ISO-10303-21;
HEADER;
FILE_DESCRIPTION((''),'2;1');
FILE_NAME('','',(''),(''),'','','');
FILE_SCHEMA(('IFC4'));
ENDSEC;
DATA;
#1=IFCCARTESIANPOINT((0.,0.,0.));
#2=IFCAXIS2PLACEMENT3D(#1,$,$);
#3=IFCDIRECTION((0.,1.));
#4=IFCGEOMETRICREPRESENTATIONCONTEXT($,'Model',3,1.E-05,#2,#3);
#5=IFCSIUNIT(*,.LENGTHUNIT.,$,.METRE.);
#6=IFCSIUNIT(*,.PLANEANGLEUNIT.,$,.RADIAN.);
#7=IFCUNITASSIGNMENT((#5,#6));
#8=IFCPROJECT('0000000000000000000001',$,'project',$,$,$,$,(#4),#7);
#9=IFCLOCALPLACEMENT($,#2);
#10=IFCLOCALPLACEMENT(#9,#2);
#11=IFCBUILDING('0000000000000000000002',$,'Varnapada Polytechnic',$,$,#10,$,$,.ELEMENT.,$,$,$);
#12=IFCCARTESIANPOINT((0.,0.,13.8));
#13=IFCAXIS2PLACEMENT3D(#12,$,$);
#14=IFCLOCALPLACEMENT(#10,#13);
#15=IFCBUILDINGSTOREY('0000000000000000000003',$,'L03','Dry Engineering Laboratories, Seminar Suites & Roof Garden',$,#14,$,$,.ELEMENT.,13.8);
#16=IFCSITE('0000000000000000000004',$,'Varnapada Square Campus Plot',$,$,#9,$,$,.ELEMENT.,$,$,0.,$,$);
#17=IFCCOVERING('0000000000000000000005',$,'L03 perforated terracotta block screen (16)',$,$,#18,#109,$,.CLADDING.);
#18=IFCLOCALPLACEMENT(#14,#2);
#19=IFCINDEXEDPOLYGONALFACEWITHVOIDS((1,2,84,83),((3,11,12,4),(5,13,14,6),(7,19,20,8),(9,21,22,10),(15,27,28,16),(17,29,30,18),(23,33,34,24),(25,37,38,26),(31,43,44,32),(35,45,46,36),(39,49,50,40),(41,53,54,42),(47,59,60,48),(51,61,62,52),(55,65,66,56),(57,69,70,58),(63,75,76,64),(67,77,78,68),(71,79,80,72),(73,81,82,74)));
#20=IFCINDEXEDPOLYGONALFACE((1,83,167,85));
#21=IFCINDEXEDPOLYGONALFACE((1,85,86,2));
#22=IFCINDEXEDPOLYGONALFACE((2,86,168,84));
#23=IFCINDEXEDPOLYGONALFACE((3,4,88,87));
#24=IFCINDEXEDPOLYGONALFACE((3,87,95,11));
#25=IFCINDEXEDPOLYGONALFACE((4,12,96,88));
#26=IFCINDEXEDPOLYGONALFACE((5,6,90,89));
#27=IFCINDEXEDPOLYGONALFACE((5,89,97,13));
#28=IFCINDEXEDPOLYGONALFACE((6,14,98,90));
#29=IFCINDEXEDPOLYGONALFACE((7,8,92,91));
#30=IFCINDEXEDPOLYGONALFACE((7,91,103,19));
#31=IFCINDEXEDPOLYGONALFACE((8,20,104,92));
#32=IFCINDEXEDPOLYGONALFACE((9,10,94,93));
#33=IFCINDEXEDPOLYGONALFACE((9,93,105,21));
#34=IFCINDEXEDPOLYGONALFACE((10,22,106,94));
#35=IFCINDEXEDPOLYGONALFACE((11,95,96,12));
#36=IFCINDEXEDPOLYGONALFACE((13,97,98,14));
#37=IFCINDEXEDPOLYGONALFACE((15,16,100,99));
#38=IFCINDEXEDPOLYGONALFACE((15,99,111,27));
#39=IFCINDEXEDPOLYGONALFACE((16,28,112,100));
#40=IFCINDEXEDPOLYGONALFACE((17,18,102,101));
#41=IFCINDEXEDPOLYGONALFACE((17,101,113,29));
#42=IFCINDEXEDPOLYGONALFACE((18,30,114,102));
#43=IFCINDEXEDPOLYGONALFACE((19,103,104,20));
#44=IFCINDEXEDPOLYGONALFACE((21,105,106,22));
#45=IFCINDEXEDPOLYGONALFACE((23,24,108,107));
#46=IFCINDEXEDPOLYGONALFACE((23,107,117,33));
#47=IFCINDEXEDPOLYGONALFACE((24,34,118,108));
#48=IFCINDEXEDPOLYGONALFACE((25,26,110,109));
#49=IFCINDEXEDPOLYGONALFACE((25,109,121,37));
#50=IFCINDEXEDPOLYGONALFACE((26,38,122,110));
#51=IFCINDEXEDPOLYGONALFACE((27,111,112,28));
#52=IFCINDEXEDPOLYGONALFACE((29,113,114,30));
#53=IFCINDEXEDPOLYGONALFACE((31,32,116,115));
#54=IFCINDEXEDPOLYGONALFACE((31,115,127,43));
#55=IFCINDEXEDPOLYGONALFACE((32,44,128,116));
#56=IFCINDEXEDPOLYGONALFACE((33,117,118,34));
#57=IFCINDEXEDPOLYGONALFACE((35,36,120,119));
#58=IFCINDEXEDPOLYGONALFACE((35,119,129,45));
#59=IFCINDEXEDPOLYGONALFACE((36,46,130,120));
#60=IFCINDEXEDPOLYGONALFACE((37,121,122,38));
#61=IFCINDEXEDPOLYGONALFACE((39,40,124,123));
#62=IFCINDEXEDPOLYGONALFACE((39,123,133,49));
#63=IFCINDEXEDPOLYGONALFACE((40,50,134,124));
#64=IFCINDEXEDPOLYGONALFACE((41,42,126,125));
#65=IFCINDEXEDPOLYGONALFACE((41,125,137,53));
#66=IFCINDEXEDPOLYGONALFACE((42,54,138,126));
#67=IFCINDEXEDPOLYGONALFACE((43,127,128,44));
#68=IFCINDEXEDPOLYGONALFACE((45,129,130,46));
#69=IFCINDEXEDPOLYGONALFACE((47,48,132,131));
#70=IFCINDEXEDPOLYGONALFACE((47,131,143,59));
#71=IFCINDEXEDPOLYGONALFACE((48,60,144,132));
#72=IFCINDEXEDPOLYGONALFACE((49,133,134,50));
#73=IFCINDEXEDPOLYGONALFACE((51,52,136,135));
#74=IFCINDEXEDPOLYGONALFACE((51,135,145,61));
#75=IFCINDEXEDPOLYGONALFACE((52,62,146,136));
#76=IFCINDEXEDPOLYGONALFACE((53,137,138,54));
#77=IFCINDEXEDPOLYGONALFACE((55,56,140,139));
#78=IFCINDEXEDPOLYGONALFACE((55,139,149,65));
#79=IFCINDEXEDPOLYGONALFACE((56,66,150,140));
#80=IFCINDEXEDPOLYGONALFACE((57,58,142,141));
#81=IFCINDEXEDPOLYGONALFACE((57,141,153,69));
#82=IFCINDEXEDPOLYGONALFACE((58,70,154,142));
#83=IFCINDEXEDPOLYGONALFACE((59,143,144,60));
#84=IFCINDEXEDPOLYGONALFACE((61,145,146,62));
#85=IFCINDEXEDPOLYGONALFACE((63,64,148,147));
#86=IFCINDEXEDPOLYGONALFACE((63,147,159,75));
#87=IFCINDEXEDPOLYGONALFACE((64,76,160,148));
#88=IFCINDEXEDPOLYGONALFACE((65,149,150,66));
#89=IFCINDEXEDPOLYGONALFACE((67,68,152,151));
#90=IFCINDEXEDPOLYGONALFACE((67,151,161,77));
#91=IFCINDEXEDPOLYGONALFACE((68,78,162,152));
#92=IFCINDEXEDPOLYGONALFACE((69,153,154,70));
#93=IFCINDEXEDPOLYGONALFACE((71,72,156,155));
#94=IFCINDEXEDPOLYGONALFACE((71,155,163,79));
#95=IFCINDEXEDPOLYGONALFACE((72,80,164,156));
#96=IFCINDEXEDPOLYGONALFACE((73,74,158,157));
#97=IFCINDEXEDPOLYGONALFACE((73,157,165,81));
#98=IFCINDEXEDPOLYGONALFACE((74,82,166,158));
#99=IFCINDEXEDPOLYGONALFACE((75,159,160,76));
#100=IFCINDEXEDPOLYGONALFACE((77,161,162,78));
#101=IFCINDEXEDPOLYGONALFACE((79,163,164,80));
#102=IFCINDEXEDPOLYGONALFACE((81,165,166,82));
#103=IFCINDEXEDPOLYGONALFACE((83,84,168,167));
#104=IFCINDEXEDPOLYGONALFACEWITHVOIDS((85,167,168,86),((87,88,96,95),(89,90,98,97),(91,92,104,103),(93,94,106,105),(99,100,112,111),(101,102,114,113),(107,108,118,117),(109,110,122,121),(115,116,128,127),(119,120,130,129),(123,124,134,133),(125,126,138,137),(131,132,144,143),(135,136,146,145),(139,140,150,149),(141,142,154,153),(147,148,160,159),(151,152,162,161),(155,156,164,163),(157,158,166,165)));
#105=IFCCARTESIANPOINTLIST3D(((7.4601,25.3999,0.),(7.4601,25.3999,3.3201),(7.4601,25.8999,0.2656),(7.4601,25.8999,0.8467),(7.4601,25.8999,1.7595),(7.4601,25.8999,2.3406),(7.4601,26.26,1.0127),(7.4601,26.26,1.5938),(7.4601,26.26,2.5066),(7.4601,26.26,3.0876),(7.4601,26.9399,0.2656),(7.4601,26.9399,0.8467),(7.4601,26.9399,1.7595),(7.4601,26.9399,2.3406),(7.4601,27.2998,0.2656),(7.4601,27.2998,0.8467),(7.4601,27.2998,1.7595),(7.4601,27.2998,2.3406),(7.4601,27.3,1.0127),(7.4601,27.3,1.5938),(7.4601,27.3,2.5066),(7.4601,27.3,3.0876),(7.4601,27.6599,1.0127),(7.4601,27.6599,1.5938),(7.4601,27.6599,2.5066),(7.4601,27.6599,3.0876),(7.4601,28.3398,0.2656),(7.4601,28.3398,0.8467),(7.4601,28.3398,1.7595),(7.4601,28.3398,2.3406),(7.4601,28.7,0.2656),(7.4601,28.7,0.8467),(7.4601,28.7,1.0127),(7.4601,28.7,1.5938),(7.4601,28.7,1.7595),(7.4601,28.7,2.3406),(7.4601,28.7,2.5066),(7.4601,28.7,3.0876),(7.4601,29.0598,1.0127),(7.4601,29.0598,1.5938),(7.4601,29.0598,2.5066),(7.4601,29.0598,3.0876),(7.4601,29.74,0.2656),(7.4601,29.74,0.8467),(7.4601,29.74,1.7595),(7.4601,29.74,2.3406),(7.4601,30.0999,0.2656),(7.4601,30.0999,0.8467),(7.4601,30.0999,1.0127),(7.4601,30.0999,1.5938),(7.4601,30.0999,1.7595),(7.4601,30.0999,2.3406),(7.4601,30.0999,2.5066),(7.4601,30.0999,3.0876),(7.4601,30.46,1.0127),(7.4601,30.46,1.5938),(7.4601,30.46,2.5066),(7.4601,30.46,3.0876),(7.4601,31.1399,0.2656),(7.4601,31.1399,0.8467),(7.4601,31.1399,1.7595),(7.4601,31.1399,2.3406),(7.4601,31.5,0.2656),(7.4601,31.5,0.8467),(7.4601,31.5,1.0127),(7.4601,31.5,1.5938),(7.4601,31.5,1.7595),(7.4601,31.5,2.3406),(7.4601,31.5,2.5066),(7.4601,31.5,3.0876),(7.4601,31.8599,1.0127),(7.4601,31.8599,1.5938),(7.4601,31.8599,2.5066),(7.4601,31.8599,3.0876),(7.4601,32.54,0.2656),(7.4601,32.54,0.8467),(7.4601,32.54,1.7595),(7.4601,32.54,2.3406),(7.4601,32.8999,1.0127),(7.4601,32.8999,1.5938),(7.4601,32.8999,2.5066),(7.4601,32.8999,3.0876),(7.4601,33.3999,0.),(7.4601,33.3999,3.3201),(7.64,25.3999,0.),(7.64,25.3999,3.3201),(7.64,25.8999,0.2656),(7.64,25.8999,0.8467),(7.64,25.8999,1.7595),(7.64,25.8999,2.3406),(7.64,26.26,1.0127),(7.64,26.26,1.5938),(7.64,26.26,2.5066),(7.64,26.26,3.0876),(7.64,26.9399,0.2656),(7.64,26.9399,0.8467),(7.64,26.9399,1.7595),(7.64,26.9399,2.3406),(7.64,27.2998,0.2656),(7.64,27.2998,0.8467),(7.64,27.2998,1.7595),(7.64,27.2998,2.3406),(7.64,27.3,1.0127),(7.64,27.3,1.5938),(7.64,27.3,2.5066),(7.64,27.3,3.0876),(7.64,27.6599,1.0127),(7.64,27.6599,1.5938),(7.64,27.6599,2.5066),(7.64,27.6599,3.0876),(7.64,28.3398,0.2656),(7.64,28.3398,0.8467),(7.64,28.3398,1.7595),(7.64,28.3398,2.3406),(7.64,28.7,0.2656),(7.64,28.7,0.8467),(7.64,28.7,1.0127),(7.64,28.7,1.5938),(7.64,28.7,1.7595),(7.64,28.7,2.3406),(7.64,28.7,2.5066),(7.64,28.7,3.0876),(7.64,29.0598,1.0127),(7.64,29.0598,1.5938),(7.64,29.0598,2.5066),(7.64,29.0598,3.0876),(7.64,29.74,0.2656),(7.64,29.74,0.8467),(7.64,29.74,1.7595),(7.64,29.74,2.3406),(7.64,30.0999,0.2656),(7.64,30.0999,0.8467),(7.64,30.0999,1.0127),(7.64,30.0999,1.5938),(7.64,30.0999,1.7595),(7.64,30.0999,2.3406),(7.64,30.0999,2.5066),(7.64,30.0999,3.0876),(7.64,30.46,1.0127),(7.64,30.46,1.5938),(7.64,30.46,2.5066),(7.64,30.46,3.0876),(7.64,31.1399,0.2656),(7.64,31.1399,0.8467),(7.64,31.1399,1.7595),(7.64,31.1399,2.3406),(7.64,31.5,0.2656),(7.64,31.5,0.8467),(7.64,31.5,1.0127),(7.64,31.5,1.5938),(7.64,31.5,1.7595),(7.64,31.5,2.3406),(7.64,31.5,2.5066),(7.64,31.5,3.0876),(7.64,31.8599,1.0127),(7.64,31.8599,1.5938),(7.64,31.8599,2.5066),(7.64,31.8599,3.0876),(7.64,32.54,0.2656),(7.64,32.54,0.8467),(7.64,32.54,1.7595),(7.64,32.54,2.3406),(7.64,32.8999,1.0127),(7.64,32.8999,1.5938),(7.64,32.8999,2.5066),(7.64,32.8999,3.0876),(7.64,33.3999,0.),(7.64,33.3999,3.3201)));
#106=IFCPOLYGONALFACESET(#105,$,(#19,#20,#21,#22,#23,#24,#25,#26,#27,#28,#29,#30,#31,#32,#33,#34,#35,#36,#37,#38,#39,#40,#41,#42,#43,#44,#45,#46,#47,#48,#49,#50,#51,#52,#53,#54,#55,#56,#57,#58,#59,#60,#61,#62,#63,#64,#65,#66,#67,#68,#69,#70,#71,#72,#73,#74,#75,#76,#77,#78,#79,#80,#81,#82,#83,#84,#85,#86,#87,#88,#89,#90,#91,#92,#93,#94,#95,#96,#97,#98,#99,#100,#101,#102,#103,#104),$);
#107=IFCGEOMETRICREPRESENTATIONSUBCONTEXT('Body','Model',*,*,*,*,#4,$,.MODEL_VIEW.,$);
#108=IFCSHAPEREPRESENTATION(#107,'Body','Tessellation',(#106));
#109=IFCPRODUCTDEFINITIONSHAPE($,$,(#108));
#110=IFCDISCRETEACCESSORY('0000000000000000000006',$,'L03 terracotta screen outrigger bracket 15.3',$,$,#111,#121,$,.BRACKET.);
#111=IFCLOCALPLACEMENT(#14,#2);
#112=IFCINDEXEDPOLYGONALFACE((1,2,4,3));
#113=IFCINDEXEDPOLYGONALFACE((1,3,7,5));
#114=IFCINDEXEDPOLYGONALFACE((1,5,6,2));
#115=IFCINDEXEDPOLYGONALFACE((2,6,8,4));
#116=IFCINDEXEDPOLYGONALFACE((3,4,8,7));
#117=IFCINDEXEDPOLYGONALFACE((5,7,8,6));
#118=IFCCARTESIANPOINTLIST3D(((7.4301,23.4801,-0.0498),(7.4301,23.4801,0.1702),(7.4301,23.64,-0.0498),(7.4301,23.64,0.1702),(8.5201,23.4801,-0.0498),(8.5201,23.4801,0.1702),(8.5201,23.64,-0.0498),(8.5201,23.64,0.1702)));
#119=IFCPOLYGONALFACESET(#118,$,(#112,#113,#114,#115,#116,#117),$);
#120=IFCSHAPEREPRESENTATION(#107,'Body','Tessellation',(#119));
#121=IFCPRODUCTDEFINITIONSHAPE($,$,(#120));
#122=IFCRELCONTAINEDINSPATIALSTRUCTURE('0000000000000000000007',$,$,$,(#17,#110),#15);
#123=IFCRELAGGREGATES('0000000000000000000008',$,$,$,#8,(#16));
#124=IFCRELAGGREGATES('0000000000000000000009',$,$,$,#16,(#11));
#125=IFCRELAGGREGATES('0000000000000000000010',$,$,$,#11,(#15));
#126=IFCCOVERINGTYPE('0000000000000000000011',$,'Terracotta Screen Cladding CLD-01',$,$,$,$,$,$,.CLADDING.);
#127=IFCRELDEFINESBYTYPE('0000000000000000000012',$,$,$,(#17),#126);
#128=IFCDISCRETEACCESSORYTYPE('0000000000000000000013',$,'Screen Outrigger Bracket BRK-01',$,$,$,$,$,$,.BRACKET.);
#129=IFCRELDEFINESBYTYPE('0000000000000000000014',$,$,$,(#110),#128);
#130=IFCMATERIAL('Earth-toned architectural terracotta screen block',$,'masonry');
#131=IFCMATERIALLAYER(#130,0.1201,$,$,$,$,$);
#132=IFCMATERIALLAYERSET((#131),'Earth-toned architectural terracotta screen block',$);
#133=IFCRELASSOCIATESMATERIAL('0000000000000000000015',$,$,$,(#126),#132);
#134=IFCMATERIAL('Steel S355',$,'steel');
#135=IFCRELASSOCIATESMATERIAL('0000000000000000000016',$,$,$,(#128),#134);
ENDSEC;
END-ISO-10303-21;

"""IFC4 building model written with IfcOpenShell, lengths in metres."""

from ifc_helpers import new_model, si_unit, direction, frame, frame_2d, origin, origin_2d, place, context, subcontext, project, spatial, rectangle, extrude, material, layer, layer_set, type_object, element, save


model = new_model("IFC4")

# Units and contexts
model_context = context("Model", 3, precision=1e-05, world=origin(), true_north=direction((0.0, 1.0)))
body_context = subcontext(model_context, "Body", "Model", "MODEL_VIEW")
ifc_project = project(units=[si_unit("LENGTHUNIT", "METRE"), si_unit("PLANEANGLEUNIT", "RADIAN")], contexts=[model_context])

# Site, building, storey
site_placement = place(None, origin())
site = spatial("IfcSite", under=ifc_project, at=site_placement, Name="Varnapada Square Campus Plot", CompositionType="ELEMENT", RefElevation=0.0)
building_placement = place(site_placement, origin())
building = spatial("IfcBuilding", under=site, at=building_placement, Name="Varnapada Polytechnic", CompositionType="ELEMENT")
storey_placement = place(building_placement, frame((0.0, 0.0, 13.8)))
storey = spatial("IfcBuildingStorey", under=building, at=storey_placement, Name="L03", Description="Dry Engineering Laboratories, Seminar Suites & Roof Garden", CompositionType="ELEMENT", Elevation=13.8)

# Covering, openings
ifc_material_1 = material(Name="Earth-toned architectural terracotta screen block", Category="masonry")
ifc_layer_1 = layer(ifc_material_1, 0.1201)
ifc_layer_set_1 = layer_set([ifc_layer_1], Name="Earth-toned architectural terracotta screen block")
covering_type = type_object("IfcCoveringType", Name="Terracotta Screen Cladding CLD-01", PredefinedType="CLADDING", material=ifc_layer_set_1)
covering_placement = place(storey_placement, frame((7.55, 25.3999, 0.0), z_axis=(0.0, 0.0, 1.0), x_axis=(0.0, 1.0, 0.0)))
covering = element("IfcCovering", 1, at=covering_placement, inside=storey, type_object=covering_type, Name="L03 perforated terracotta block screen (16)", PredefinedType="CLADDING", context=body_context, shape_type="SweptSolid", body=[
    extrude(rectangle(XDim=8.0, YDim=0.1799, at=frame_2d((4.0, 0.0))), origin(), (0.0, 0.0, 1.0), 3.3201),
])
opening_1_placement = place(covering_placement, frame((0.5, 0.0, 0.2656)))
element("IfcOpeningElement", 2, at=opening_1_placement, cuts=covering, PredefinedType="OPENING", context=body_context, shape_type="SweptSolid", body=[
    extrude(rectangle(XDim=1.04, YDim=0.5811, at=frame_2d((0.52, 0.2905))), frame((0.0, 0.0999, 0.0), z_axis=(0.0, -1.0, 0.0), x_axis=(1.0, 0.0, 0.0)), (0.0, 0.0, 1.0), 0.2),
])
opening_2_placement = place(covering_placement, frame((1.8999, 0.0, 0.2656)))
element("IfcOpeningElement", 3, at=opening_2_placement, cuts=covering, PredefinedType="OPENING", context=body_context, shape_type="SweptSolid", body=[
    extrude(rectangle(XDim=1.04, YDim=0.5811, at=frame_2d((0.52, 0.2905))), frame((0.0, 0.0999, 0.0), z_axis=(0.0, -1.0, 0.0), x_axis=(1.0, 0.0, 0.0)), (0.0, 0.0, 1.0), 0.2),
])
opening_3_placement = place(covering_placement, frame((3.3, 0.0, 0.2656)))
element("IfcOpeningElement", 4, at=opening_3_placement, cuts=covering, PredefinedType="OPENING", context=body_context, shape_type="SweptSolid", body=[
    extrude(rectangle(XDim=1.04, YDim=0.5811, at=frame_2d((0.52, 0.2905))), frame((0.0, 0.0999, 0.0), z_axis=(0.0, -1.0, 0.0), x_axis=(1.0, 0.0, 0.0)), (0.0, 0.0, 1.0), 0.2),
])
opening_4_placement = place(covering_placement, frame((4.7, 0.0, 0.2656)))
element("IfcOpeningElement", 5, at=opening_4_placement, cuts=covering, PredefinedType="OPENING", context=body_context, shape_type="SweptSolid", body=[
    extrude(rectangle(XDim=1.04, YDim=0.5811, at=frame_2d((0.52, 0.2905))), frame((0.0, 0.0999, 0.0), z_axis=(0.0, -1.0, 0.0), x_axis=(1.0, 0.0, 0.0)), (0.0, 0.0, 1.0), 0.2),
])
opening_5_placement = place(covering_placement, frame((6.1001, 0.0, 0.2656)))
element("IfcOpeningElement", 6, at=opening_5_placement, cuts=covering, PredefinedType="OPENING", context=body_context, shape_type="SweptSolid", body=[
    extrude(rectangle(XDim=1.04, YDim=0.5811, at=frame_2d((0.52, 0.2905))), frame((0.0, 0.0999, 0.0), z_axis=(0.0, -1.0, 0.0), x_axis=(1.0, 0.0, 0.0)), (0.0, 0.0, 1.0), 0.2),
])
opening_6_placement = place(covering_placement, frame((0.8601, 0.0, 1.0127)))
element("IfcOpeningElement", 7, at=opening_6_placement, cuts=covering, PredefinedType="OPENING", context=body_context, shape_type="SweptSolid", body=[
    extrude(rectangle(XDim=1.04, YDim=0.5811, at=frame_2d((0.52, 0.2905))), frame((0.0, 0.0999, 0.0), z_axis=(0.0, -1.0, 0.0), x_axis=(1.0, 0.0, 0.0)), (0.0, 0.0, 1.0), 0.2),
])
opening_7_placement = place(covering_placement, frame((2.26, 0.0, 1.0127)))
element("IfcOpeningElement", 8, at=opening_7_placement, cuts=covering, PredefinedType="OPENING", context=body_context, shape_type="SweptSolid", body=[
    extrude(rectangle(XDim=1.04, YDim=0.5811, at=frame_2d((0.52, 0.2905))), frame((0.0, 0.0999, 0.0), z_axis=(0.0, -1.0, 0.0), x_axis=(1.0, 0.0, 0.0)), (0.0, 0.0, 1.0), 0.2),
])
opening_8_placement = place(covering_placement, frame((3.6599, 0.0, 1.0127)))
element("IfcOpeningElement", 9, at=opening_8_placement, cuts=covering, PredefinedType="OPENING", context=body_context, shape_type="SweptSolid", body=[
    extrude(rectangle(XDim=1.04, YDim=0.5811, at=frame_2d((0.52, 0.2905))), frame((0.0, 0.0999, 0.0), z_axis=(0.0, -1.0, 0.0), x_axis=(1.0, 0.0, 0.0)), (0.0, 0.0, 1.0), 0.2),
])
opening_9_placement = place(covering_placement, frame((5.0601, 0.0, 1.0127)))
element("IfcOpeningElement", 10, at=opening_9_placement, cuts=covering, PredefinedType="OPENING", context=body_context, shape_type="SweptSolid", body=[
    extrude(rectangle(XDim=1.04, YDim=0.5811, at=frame_2d((0.52, 0.2905))), frame((0.0, 0.0999, 0.0), z_axis=(0.0, -1.0, 0.0), x_axis=(1.0, 0.0, 0.0)), (0.0, 0.0, 1.0), 0.2),
])
opening_10_placement = place(covering_placement, frame((6.46, 0.0, 1.0127)))
element("IfcOpeningElement", 11, at=opening_10_placement, cuts=covering, PredefinedType="OPENING", context=body_context, shape_type="SweptSolid", body=[
    extrude(rectangle(XDim=1.04, YDim=0.5811, at=frame_2d((0.52, 0.2905))), frame((0.0, 0.0999, 0.0), z_axis=(0.0, -1.0, 0.0), x_axis=(1.0, 0.0, 0.0)), (0.0, 0.0, 1.0), 0.2),
])
opening_11_placement = place(covering_placement, frame((0.5, 0.0, 1.7595)))
element("IfcOpeningElement", 12, at=opening_11_placement, cuts=covering, PredefinedType="OPENING", context=body_context, shape_type="SweptSolid", body=[
    extrude(rectangle(XDim=1.04, YDim=0.5811, at=frame_2d((0.52, 0.2905))), frame((0.0, 0.0999, 0.0), z_axis=(0.0, -1.0, 0.0), x_axis=(1.0, 0.0, 0.0)), (0.0, 0.0, 1.0), 0.2),
])
opening_12_placement = place(covering_placement, frame((1.8999, 0.0, 1.7595)))
element("IfcOpeningElement", 13, at=opening_12_placement, cuts=covering, PredefinedType="OPENING", context=body_context, shape_type="SweptSolid", body=[
    extrude(rectangle(XDim=1.04, YDim=0.5811, at=frame_2d((0.52, 0.2905))), frame((0.0, 0.0999, 0.0), z_axis=(0.0, -1.0, 0.0), x_axis=(1.0, 0.0, 0.0)), (0.0, 0.0, 1.0), 0.2),
])
opening_13_placement = place(covering_placement, frame((3.3, 0.0, 1.7595)))
element("IfcOpeningElement", 14, at=opening_13_placement, cuts=covering, PredefinedType="OPENING", context=body_context, shape_type="SweptSolid", body=[
    extrude(rectangle(XDim=1.04, YDim=0.5811, at=frame_2d((0.52, 0.2905))), frame((0.0, 0.0999, 0.0), z_axis=(0.0, -1.0, 0.0), x_axis=(1.0, 0.0, 0.0)), (0.0, 0.0, 1.0), 0.2),
])
opening_14_placement = place(covering_placement, frame((4.7, 0.0, 1.7595)))
element("IfcOpeningElement", 15, at=opening_14_placement, cuts=covering, PredefinedType="OPENING", context=body_context, shape_type="SweptSolid", body=[
    extrude(rectangle(XDim=1.04, YDim=0.5811, at=frame_2d((0.52, 0.2905))), frame((0.0, 0.0999, 0.0), z_axis=(0.0, -1.0, 0.0), x_axis=(1.0, 0.0, 0.0)), (0.0, 0.0, 1.0), 0.2),
])
opening_15_placement = place(covering_placement, frame((6.1001, 0.0, 1.7595)))
element("IfcOpeningElement", 16, at=opening_15_placement, cuts=covering, PredefinedType="OPENING", context=body_context, shape_type="SweptSolid", body=[
    extrude(rectangle(XDim=1.04, YDim=0.5811, at=frame_2d((0.52, 0.2905))), frame((0.0, 0.0999, 0.0), z_axis=(0.0, -1.0, 0.0), x_axis=(1.0, 0.0, 0.0)), (0.0, 0.0, 1.0), 0.2),
])
opening_16_placement = place(covering_placement, frame((0.8601, 0.0, 2.5066)))
element("IfcOpeningElement", 17, at=opening_16_placement, cuts=covering, PredefinedType="OPENING", context=body_context, shape_type="SweptSolid", body=[
    extrude(rectangle(XDim=1.04, YDim=0.5811, at=frame_2d((0.52, 0.2905))), frame((0.0, 0.0999, 0.0), z_axis=(0.0, -1.0, 0.0), x_axis=(1.0, 0.0, 0.0)), (0.0, 0.0, 1.0), 0.2),
])
opening_17_placement = place(covering_placement, frame((2.26, 0.0, 2.5066)))
element("IfcOpeningElement", 18, at=opening_17_placement, cuts=covering, PredefinedType="OPENING", context=body_context, shape_type="SweptSolid", body=[
    extrude(rectangle(XDim=1.04, YDim=0.5811, at=frame_2d((0.52, 0.2905))), frame((0.0, 0.0999, 0.0), z_axis=(0.0, -1.0, 0.0), x_axis=(1.0, 0.0, 0.0)), (0.0, 0.0, 1.0), 0.2),
])
opening_18_placement = place(covering_placement, frame((3.6599, 0.0, 2.5066)))
element("IfcOpeningElement", 19, at=opening_18_placement, cuts=covering, PredefinedType="OPENING", context=body_context, shape_type="SweptSolid", body=[
    extrude(rectangle(XDim=1.04, YDim=0.5811, at=frame_2d((0.52, 0.2905))), frame((0.0, 0.0999, 0.0), z_axis=(0.0, -1.0, 0.0), x_axis=(1.0, 0.0, 0.0)), (0.0, 0.0, 1.0), 0.2),
])
opening_19_placement = place(covering_placement, frame((5.0601, 0.0, 2.5066)))
element("IfcOpeningElement", 20, at=opening_19_placement, cuts=covering, PredefinedType="OPENING", context=body_context, shape_type="SweptSolid", body=[
    extrude(rectangle(XDim=1.04, YDim=0.5811, at=frame_2d((0.52, 0.2905))), frame((0.0, 0.0999, 0.0), z_axis=(0.0, -1.0, 0.0), x_axis=(1.0, 0.0, 0.0)), (0.0, 0.0, 1.0), 0.2),
])
opening_20_placement = place(covering_placement, frame((6.46, 0.0, 2.5066)))
element("IfcOpeningElement", 21, at=opening_20_placement, cuts=covering, PredefinedType="OPENING", context=body_context, shape_type="SweptSolid", body=[
    extrude(rectangle(XDim=1.04, YDim=0.5811, at=frame_2d((0.52, 0.2905))), frame((0.0, 0.0999, 0.0), z_axis=(0.0, -1.0, 0.0), x_axis=(1.0, 0.0, 0.0)), (0.0, 0.0, 1.0), 0.2),
])

# Discrete accessory
ifc_material_2 = material(Name="Steel S355", Category="steel")
discrete_accessory_type = type_object("IfcDiscreteAccessoryType", Name="Screen Outrigger Bracket BRK-01", PredefinedType="BRACKET", material=ifc_material_2)
discrete_accessory_placement = place(storey_placement, frame((7.9751, 23.5601, -0.0498), z_axis=(0.0, 0.0, 1.0), x_axis=(0.0, 1.0, 0.0)))
element("IfcDiscreteAccessory", 22, at=discrete_accessory_placement, inside=storey, type_object=discrete_accessory_type, Name="L03 terracotta screen outrigger bracket 15.3", PredefinedType="BRACKET", context=body_context, shape_type="SweptSolid", body=[
    extrude(rectangle(XDim=0.1599, YDim=1.0901, at=origin_2d()), origin(), (0.0, 0.0, 1.0), 0.22),
])

save(model, "model.ifc")
